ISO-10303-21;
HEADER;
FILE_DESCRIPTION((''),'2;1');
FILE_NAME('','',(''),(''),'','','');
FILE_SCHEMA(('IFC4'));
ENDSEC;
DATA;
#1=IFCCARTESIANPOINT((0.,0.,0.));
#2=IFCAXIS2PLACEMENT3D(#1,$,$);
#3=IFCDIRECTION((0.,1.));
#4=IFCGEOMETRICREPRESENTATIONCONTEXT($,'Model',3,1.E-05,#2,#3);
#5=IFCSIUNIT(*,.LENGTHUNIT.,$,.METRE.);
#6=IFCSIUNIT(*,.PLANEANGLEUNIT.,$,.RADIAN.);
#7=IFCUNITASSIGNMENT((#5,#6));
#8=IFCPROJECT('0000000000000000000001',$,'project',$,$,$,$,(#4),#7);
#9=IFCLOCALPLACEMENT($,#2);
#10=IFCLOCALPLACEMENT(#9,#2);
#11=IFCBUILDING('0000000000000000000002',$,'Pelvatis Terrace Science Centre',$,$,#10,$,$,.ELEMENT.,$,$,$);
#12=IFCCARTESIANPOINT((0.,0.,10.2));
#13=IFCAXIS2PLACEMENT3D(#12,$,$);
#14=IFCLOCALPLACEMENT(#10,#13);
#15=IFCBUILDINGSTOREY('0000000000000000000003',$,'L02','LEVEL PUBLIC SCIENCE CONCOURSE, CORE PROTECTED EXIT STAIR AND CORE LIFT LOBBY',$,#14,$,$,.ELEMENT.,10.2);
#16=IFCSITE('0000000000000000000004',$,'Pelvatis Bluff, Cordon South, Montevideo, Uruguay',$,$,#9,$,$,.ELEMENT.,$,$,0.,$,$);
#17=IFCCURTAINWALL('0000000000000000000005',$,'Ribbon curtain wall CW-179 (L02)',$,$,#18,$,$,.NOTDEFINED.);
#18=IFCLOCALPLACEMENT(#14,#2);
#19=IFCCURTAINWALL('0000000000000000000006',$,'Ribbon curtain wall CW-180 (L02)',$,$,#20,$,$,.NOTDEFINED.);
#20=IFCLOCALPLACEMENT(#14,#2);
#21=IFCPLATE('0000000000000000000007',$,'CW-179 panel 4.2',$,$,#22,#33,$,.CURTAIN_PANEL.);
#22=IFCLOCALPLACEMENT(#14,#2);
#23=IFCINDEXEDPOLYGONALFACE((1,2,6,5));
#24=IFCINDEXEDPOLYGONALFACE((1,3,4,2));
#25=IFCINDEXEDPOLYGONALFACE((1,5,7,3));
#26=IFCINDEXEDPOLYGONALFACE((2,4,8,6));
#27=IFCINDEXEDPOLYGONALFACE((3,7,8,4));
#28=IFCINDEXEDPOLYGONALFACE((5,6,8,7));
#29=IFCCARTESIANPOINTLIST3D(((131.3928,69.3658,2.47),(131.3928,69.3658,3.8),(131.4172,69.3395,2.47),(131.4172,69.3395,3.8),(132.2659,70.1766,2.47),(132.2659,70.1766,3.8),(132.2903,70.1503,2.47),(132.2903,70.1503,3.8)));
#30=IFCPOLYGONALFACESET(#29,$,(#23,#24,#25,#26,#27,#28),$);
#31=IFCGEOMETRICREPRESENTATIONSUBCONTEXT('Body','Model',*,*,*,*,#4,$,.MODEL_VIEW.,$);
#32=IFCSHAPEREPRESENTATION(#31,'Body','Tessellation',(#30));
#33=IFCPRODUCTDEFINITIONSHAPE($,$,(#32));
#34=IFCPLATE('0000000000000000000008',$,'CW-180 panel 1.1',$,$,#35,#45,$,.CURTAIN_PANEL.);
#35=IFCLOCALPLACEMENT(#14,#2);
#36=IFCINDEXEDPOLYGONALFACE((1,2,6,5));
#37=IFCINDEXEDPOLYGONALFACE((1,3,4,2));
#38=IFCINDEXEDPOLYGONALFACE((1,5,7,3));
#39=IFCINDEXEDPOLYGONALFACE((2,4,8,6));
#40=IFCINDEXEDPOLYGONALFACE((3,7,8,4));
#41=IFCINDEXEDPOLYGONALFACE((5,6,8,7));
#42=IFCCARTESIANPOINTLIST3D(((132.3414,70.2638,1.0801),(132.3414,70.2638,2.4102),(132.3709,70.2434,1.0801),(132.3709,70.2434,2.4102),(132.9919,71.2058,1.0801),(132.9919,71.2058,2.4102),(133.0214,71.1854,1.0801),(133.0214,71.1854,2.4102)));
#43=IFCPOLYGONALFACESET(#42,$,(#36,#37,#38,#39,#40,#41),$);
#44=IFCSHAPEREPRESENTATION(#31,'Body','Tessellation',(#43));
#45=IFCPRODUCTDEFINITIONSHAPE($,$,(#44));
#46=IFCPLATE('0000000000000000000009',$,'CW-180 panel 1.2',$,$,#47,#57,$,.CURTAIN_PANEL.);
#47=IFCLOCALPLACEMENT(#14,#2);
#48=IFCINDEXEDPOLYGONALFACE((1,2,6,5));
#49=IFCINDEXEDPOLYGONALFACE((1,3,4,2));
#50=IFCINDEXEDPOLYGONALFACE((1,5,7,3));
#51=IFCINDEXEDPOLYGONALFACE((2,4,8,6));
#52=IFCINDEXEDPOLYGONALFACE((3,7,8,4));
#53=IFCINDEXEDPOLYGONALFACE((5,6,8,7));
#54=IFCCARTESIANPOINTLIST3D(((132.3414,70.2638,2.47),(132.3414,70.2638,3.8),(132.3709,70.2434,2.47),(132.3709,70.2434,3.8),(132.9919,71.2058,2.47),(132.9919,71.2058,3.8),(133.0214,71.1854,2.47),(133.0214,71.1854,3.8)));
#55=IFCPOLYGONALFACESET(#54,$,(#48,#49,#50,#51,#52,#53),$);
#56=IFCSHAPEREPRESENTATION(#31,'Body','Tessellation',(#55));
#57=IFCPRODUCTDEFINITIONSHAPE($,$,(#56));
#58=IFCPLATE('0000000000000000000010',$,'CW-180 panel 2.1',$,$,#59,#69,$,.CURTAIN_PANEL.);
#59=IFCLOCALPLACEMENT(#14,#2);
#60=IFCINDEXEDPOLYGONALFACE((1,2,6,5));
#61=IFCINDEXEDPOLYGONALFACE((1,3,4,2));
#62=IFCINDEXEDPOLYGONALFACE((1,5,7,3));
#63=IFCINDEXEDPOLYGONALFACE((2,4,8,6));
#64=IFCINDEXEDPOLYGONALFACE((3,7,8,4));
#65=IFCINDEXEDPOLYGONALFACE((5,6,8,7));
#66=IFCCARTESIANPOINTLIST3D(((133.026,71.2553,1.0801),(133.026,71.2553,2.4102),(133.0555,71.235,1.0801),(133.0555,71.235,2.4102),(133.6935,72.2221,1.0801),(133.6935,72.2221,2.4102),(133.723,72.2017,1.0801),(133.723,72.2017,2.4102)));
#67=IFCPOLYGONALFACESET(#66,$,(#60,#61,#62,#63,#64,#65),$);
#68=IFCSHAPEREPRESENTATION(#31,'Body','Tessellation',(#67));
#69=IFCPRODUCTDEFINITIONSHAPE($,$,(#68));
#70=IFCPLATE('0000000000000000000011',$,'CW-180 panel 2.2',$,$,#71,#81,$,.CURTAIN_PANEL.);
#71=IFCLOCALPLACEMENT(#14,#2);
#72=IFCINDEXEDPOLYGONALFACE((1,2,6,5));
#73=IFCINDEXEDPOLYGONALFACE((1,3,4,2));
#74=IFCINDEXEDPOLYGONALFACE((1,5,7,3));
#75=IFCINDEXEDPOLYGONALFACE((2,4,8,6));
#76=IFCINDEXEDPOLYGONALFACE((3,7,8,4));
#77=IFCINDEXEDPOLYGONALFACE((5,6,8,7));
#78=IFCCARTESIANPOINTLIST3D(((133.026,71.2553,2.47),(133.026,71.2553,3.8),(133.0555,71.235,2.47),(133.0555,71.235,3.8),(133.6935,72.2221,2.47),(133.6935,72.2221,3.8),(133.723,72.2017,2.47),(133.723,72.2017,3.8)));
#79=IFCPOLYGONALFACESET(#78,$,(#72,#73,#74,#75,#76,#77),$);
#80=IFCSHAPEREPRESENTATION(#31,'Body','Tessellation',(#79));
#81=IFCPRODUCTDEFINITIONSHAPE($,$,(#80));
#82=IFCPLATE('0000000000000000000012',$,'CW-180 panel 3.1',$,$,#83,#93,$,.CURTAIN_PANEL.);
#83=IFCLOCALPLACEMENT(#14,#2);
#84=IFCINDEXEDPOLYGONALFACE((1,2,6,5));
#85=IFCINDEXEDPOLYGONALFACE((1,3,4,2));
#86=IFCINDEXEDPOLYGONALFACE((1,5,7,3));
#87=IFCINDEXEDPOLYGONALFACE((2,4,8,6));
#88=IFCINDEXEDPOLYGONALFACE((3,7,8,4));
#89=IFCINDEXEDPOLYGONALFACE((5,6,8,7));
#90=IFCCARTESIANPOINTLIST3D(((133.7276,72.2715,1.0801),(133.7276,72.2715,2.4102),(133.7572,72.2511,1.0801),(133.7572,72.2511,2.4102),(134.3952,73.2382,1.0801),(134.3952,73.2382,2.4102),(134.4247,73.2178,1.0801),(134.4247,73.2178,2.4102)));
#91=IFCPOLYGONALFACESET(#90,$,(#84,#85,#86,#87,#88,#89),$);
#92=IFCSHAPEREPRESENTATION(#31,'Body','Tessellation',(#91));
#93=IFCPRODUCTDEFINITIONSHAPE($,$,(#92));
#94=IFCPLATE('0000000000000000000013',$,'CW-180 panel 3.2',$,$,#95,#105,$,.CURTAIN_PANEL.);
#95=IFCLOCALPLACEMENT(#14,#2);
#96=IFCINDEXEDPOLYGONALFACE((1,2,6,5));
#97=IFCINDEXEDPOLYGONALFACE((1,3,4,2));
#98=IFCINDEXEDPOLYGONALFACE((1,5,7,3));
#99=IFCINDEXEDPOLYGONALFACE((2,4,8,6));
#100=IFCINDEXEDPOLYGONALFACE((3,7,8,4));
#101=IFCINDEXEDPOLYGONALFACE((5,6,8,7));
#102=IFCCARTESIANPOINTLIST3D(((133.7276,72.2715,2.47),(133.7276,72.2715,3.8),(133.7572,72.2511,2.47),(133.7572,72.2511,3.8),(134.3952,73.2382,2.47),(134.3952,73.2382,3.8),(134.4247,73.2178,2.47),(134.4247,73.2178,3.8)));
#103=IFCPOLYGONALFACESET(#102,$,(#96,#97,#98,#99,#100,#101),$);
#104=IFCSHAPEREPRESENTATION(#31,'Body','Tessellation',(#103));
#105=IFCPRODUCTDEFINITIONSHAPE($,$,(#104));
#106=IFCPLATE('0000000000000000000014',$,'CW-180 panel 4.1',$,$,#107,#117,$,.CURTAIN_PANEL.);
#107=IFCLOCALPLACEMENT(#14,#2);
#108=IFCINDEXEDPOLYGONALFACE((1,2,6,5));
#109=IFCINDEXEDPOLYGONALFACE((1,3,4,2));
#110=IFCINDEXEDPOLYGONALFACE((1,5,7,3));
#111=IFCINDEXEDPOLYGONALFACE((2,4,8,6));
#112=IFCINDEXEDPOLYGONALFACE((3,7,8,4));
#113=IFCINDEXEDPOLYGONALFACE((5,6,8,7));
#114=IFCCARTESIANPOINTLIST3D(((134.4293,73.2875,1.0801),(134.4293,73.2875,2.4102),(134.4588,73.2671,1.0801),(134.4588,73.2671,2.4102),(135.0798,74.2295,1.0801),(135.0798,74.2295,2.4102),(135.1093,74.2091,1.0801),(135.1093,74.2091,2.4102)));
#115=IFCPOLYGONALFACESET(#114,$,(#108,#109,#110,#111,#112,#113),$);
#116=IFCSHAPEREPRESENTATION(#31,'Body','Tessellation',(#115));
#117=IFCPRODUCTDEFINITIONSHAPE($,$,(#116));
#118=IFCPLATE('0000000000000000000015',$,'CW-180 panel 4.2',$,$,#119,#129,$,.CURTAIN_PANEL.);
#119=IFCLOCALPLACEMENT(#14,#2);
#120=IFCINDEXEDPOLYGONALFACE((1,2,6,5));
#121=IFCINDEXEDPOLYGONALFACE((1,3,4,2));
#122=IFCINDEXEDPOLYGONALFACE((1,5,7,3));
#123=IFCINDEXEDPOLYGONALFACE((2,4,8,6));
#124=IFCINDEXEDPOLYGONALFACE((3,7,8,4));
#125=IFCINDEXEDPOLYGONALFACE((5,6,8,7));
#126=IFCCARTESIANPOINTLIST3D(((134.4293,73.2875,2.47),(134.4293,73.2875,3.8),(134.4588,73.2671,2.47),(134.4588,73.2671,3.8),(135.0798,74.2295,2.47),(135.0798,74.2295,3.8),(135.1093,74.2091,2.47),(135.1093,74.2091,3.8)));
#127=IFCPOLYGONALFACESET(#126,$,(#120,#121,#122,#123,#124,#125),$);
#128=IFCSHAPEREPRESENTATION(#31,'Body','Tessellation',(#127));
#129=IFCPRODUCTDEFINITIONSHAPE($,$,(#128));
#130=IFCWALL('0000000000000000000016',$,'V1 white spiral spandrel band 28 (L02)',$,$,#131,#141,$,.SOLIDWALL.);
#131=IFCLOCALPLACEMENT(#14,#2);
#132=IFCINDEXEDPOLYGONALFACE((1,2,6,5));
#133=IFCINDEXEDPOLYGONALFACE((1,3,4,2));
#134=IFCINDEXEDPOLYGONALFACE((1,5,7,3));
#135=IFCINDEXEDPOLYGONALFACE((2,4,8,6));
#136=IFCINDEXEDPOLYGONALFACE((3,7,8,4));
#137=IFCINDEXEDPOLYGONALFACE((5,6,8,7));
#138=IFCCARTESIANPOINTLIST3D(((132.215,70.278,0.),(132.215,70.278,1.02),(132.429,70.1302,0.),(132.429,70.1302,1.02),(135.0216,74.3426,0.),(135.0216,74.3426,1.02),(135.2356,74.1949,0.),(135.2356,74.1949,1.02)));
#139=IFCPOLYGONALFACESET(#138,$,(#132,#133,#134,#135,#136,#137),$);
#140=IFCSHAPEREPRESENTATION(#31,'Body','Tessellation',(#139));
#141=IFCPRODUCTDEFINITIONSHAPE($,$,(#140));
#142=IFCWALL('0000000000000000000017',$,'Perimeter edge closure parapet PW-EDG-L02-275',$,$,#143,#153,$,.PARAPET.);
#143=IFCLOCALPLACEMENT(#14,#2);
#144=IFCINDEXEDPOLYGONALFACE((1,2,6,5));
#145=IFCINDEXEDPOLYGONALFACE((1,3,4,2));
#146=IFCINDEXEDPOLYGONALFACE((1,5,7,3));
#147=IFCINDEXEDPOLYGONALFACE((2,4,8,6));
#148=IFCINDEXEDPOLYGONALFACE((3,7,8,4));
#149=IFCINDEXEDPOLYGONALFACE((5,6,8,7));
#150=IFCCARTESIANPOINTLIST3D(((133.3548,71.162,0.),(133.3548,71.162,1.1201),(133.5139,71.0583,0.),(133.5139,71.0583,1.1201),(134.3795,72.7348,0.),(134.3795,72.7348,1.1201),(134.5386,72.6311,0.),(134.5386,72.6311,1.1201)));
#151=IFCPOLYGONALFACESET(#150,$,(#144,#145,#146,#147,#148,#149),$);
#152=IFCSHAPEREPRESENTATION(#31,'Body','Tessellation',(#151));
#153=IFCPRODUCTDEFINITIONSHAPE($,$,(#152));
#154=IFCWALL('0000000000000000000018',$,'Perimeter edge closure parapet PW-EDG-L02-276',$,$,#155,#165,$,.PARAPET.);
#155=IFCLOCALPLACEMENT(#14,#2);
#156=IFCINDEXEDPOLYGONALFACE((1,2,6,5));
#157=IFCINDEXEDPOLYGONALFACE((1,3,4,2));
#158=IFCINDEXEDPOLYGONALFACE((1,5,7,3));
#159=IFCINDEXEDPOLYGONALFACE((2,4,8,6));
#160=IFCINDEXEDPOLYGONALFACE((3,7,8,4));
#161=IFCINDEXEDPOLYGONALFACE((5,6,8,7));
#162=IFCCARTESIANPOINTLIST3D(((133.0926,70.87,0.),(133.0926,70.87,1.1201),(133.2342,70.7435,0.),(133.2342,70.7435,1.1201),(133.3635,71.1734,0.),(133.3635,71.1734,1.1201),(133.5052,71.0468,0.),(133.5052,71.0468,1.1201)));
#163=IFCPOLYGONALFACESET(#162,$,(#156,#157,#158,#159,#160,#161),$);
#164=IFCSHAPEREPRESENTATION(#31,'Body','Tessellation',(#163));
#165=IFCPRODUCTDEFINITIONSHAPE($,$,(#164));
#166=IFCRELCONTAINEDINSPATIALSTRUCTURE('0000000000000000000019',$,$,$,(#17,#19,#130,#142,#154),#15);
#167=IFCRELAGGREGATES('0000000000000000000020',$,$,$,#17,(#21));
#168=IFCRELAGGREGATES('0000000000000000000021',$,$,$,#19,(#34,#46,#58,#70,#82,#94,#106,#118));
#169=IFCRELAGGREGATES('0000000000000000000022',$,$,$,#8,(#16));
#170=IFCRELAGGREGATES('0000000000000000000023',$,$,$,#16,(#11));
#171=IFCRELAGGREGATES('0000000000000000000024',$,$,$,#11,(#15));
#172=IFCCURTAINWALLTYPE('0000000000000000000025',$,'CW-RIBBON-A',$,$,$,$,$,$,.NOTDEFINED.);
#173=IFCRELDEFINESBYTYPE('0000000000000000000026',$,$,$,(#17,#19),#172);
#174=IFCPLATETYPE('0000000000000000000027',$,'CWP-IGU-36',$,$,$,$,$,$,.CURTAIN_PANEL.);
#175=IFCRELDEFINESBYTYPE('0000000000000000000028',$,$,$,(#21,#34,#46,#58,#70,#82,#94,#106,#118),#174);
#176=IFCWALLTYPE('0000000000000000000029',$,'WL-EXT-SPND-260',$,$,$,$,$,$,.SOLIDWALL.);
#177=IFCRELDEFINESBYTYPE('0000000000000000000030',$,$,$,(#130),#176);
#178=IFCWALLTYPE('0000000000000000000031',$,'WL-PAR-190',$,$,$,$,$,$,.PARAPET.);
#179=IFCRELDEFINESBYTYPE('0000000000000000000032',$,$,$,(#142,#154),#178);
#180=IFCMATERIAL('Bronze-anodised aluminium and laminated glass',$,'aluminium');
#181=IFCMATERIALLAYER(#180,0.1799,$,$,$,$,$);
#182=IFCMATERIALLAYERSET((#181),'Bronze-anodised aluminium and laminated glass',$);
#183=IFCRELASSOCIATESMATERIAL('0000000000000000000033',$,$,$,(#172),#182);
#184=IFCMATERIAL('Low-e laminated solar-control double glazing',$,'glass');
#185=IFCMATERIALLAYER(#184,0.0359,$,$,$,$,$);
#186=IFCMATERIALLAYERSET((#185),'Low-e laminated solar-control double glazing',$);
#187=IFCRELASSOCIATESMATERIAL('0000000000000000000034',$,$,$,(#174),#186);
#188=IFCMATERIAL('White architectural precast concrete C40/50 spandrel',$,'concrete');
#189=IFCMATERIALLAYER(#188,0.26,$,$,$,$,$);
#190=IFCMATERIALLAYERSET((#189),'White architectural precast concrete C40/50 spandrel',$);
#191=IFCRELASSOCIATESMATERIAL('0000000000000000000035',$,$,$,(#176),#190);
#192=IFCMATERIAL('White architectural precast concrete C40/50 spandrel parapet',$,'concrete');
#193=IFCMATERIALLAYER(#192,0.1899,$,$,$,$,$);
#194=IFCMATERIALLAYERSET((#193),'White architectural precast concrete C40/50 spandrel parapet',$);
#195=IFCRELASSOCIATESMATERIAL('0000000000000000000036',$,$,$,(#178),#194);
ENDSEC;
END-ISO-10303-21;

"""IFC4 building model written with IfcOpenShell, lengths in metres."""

from ifc_helpers import new_model, si_unit, direction, frame, frame_2d, origin, origin_2d, place, context, subcontext, project, spatial, rectangle, extrude, material, layer, layer_set, type_object, element, aggregate, save


model = new_model("IFC4")

# Units and contexts
model_context = context("Model", 3, precision=1e-05, world=origin(), true_north=direction((0.0, 1.0)))
body_context = subcontext(model_context, "Body", "Model", "MODEL_VIEW")
ifc_project = project(units=[si_unit("LENGTHUNIT", "METRE"), si_unit("PLANEANGLEUNIT", "RADIAN")], contexts=[model_context])

# Site, building, storey
site_placement = place(None, origin())
site = spatial("IfcSite", under=ifc_project, at=site_placement, Name="Pelvatis Bluff, Cordon South, Montevideo, Uruguay", CompositionType="ELEMENT", RefElevation=0.0)
building_placement = place(site_placement, origin())
building = spatial("IfcBuilding", under=site, at=building_placement, Name="Pelvatis Terrace Science Centre", CompositionType="ELEMENT")
storey_placement = place(building_placement, frame((0.0, 0.0, 10.2)))
storey = spatial("IfcBuildingStorey", under=building, at=storey_placement, Name="L02", Description="LEVEL PUBLIC SCIENCE CONCOURSE, CORE PROTECTED EXIT STAIR AND CORE LIFT LOBBY", CompositionType="ELEMENT", Elevation=10.2)

# Curtain wall
ifc_material_1 = material(Name="Bronze-anodised aluminium and laminated glass", Category="aluminium")
ifc_layer_1 = layer(ifc_material_1, 0.1799)
ifc_layer_set_1 = layer_set([ifc_layer_1], Name="Bronze-anodised aluminium and laminated glass")
curtain_wall_type = type_object("IfcCurtainWallType", Name="CW-RIBBON-A", PredefinedType="NOTDEFINED", material=ifc_layer_set_1)
curtain_wall_1_placement = place(storey_placement, origin())
curtain_wall_1 = element("IfcCurtainWall", 1, at=curtain_wall_1_placement, inside=storey, type_object=curtain_wall_type, Name="Ribbon curtain wall CW-179 (L02)", PredefinedType="NOTDEFINED")

# Curtain wall
curtain_wall_2_placement = place(storey_placement, origin())
curtain_wall_2 = element("IfcCurtainWall", 2, at=curtain_wall_2_placement, inside=storey, type_object=curtain_wall_type, Name="Ribbon curtain wall CW-180 (L02)", PredefinedType="NOTDEFINED")

# Plates
ifc_material_2 = material(Name="Low-e laminated solar-control double glazing", Category="glass")
ifc_layer_2 = layer(ifc_material_2, 0.0359)
ifc_layer_set_2 = layer_set([ifc_layer_2], Name="Low-e laminated solar-control double glazing")
plate_type = type_object("IfcPlateType", Name="CWP-IGU-36", PredefinedType="CURTAIN_PANEL", material=ifc_layer_set_2)
plate_1_placement = place(storey_placement, frame((131.8416, 69.7581, 2.47), z_axis=(0.0, 0.0, 1.0), x_axis=(0.732776, 0.68047, 0.0)))
plate_1 = element("IfcPlate", 3, at=plate_1_placement, type_object=plate_type, Name="CW-179 panel 4.2", PredefinedType="CURTAIN_PANEL", context=body_context, shape_type="SweptSolid", body=[
    extrude(rectangle(XDim=1.1914, YDim=0.0359, at=origin_2d()), origin(), (0.0, 0.0, 1.0), 1.3301),
])
aggregate(curtain_wall_1, [plate_1])
plate_2_placement = place(storey_placement, frame((132.6814, 70.7246, 1.0801), z_axis=(0.0, 0.0, 1.0), x_axis=(0.568203, 0.822888, 0.0)))
plate_2 = element("IfcPlate", 4, at=plate_2_placement, type_object=plate_type, Name="CW-180 panel 1.1", PredefinedType="CURTAIN_PANEL", context=body_context, shape_type="SweptSolid", body=[
    extrude(rectangle(XDim=1.1448, YDim=0.0359, at=origin_2d()), origin(), (0.0, 0.0, 1.0), 1.3301),
])
plate_3_placement = place(storey_placement, frame((132.6814, 70.7246, 2.47), z_axis=(0.0, 0.0, 1.0), x_axis=(0.568203, 0.822888, 0.0)))
plate_3 = element("IfcPlate", 5, at=plate_3_placement, type_object=plate_type, Name="CW-180 panel 1.2", PredefinedType="CURTAIN_PANEL", context=body_context, shape_type="SweptSolid", body=[
    extrude(rectangle(XDim=1.1448, YDim=0.0359, at=origin_2d()), origin(), (0.0, 0.0, 1.0), 1.3301),
])
plate_4_placement = place(storey_placement, frame((133.3745, 71.7285, 1.0801), z_axis=(0.0, 0.0, 1.0), x_axis=(0.568203, 0.822888, 0.0)))
plate_4 = element("IfcPlate", 6, at=plate_4_placement, type_object=plate_type, Name="CW-180 panel 2.1", PredefinedType="CURTAIN_PANEL", context=body_context, shape_type="SweptSolid", body=[
    extrude(rectangle(XDim=1.1748, YDim=0.0359, at=origin_2d()), origin(), (0.0, 0.0, 1.0), 1.3301),
])
plate_5_placement = place(storey_placement, frame((133.3745, 71.7285, 2.47), z_axis=(0.0, 0.0, 1.0), x_axis=(0.568203, 0.822888, 0.0)))
plate_5 = element("IfcPlate", 7, at=plate_5_placement, type_object=plate_type, Name="CW-180 panel 2.2", PredefinedType="CURTAIN_PANEL", context=body_context, shape_type="SweptSolid", body=[
    extrude(rectangle(XDim=1.1748, YDim=0.0359, at=origin_2d()), origin(), (0.0, 0.0, 1.0), 1.3301),
])
plate_6_placement = place(storey_placement, frame((134.0762, 72.7446, 1.0801), z_axis=(0.0, 0.0, 1.0), x_axis=(0.568203, 0.822888, 0.0)))
plate_6 = element("IfcPlate", 8, at=plate_6_placement, type_object=plate_type, Name="CW-180 panel 3.1", PredefinedType="CURTAIN_PANEL", context=body_context, shape_type="SweptSolid", body=[
    extrude(rectangle(XDim=1.1748, YDim=0.0359, at=origin_2d()), origin(), (0.0, 0.0, 1.0), 1.3301),
])
plate_7_placement = place(storey_placement, frame((134.0762, 72.7446, 2.47), z_axis=(0.0, 0.0, 1.0), x_axis=(0.568203, 0.822888, 0.0)))
plate_7 = element("IfcPlate", 9, at=plate_7_placement, type_object=plate_type, Name="CW-180 panel 3.2", PredefinedType="CURTAIN_PANEL", context=body_context, shape_type="SweptSolid", body=[
    extrude(rectangle(XDim=1.1748, YDim=0.0359, at=origin_2d()), origin(), (0.0, 0.0, 1.0), 1.3301),
])
plate_8_placement = place(storey_placement, frame((134.7693, 73.7483, 1.0801), z_axis=(0.0, 0.0, 1.0), x_axis=(0.568203, 0.822888, 0.0)))
plate_8 = element("IfcPlate", 10, at=plate_8_placement, type_object=plate_type, Name="CW-180 panel 4.1", PredefinedType="CURTAIN_PANEL", context=body_context, shape_type="SweptSolid", body=[
    extrude(rectangle(XDim=1.1448, YDim=0.0359, at=origin_2d()), origin(), (0.0, 0.0, 1.0), 1.3301),
])
plate_9_placement = place(storey_placement, frame((134.7693, 73.7483, 2.47), z_axis=(0.0, 0.0, 1.0), x_axis=(0.568203, 0.822888, 0.0)))
plate_9 = element("IfcPlate", 11, at=plate_9_placement, type_object=plate_type, Name="CW-180 panel 4.2", PredefinedType="CURTAIN_PANEL", context=body_context, shape_type="SweptSolid", body=[
    extrude(rectangle(XDim=1.1448, YDim=0.0359, at=origin_2d()), origin(), (0.0, 0.0, 1.0), 1.3301),
])
aggregate(curtain_wall_2, [plate_2, plate_3, plate_4, plate_5, plate_6, plate_7, plate_8, plate_9])

# Walls
ifc_material_3 = material(Name="White architectural precast concrete C40/50 spandrel", Category="concrete")
ifc_layer_3 = layer(ifc_material_3, 0.26)
ifc_layer_set_3 = layer_set([ifc_layer_3], Name="White architectural precast concrete C40/50 spandrel")
wall_type_1 = type_object("IfcWallType", Name="WL-EXT-SPND-260", PredefinedType="SOLIDWALL", material=ifc_layer_set_3)
wall_1_placement = place(storey_placement, frame((132.322, 70.2041, 0.0), z_axis=(0.0, 0.0, 1.0), x_axis=(0.568199, 0.822891, 0.0)))
element("IfcWall", 12, at=wall_1_placement, inside=storey, type_object=wall_type_1, Name="V1 white spiral spandrel band 28 (L02)", PredefinedType="SOLIDWALL", context=body_context, shape_type="SweptSolid", body=[
    extrude(rectangle(XDim=4.9395, YDim=0.26, at=frame_2d((2.4697, 0.0))), origin(), (0.0, 0.0, 1.0), 1.02),
])
ifc_material_4 = material(Name="White architectural precast concrete C40/50 spandrel parapet", Category="concrete")
ifc_layer_4 = layer(ifc_material_4, 0.1899)
ifc_layer_set_4 = layer_set([ifc_layer_4], Name="White architectural precast concrete C40/50 spandrel parapet")
wall_type_2 = type_object("IfcWallType", Name="WL-PAR-190", PredefinedType="PARAPET", material=ifc_layer_set_4)
wall_2_placement = place(storey_placement, frame((134.459, 72.6829, 0.0), z_axis=(0.0, 0.0, 1.0), x_axis=(-0.545875, -0.837867, 0.0)))
element("IfcWall", 13, at=wall_2_placement, inside=storey, type_object=wall_type_2, Name="Perimeter edge closure parapet PW-EDG-L02-275", PredefinedType="PARAPET", context=body_context, shape_type="SweptSolid", body=[
    extrude(rectangle(XDim=1.8772, YDim=0.1899, at=frame_2d((0.9385, 0.0))), origin(), (0.0, 0.0, 1.0), 1.1201),
])
wall_3_placement = place(storey_placement, frame((133.4343, 71.1101, 0.0), z_axis=(0.0, 0.0, 1.0), x_axis=(-0.666075, -0.745884, 0.0)))
element("IfcWall", 14, at=wall_3_placement, inside=storey, type_object=wall_type_2, Name="Perimeter edge closure parapet PW-EDG-L02-276", PredefinedType="PARAPET", context=body_context, shape_type="SweptSolid", body=[
    extrude(rectangle(XDim=0.4067, YDim=0.1899, at=frame_2d((0.2034, 0.0))), origin(), (0.0, 0.0, 1.0), 1.1201),
])

save(model, "model.ifc")
